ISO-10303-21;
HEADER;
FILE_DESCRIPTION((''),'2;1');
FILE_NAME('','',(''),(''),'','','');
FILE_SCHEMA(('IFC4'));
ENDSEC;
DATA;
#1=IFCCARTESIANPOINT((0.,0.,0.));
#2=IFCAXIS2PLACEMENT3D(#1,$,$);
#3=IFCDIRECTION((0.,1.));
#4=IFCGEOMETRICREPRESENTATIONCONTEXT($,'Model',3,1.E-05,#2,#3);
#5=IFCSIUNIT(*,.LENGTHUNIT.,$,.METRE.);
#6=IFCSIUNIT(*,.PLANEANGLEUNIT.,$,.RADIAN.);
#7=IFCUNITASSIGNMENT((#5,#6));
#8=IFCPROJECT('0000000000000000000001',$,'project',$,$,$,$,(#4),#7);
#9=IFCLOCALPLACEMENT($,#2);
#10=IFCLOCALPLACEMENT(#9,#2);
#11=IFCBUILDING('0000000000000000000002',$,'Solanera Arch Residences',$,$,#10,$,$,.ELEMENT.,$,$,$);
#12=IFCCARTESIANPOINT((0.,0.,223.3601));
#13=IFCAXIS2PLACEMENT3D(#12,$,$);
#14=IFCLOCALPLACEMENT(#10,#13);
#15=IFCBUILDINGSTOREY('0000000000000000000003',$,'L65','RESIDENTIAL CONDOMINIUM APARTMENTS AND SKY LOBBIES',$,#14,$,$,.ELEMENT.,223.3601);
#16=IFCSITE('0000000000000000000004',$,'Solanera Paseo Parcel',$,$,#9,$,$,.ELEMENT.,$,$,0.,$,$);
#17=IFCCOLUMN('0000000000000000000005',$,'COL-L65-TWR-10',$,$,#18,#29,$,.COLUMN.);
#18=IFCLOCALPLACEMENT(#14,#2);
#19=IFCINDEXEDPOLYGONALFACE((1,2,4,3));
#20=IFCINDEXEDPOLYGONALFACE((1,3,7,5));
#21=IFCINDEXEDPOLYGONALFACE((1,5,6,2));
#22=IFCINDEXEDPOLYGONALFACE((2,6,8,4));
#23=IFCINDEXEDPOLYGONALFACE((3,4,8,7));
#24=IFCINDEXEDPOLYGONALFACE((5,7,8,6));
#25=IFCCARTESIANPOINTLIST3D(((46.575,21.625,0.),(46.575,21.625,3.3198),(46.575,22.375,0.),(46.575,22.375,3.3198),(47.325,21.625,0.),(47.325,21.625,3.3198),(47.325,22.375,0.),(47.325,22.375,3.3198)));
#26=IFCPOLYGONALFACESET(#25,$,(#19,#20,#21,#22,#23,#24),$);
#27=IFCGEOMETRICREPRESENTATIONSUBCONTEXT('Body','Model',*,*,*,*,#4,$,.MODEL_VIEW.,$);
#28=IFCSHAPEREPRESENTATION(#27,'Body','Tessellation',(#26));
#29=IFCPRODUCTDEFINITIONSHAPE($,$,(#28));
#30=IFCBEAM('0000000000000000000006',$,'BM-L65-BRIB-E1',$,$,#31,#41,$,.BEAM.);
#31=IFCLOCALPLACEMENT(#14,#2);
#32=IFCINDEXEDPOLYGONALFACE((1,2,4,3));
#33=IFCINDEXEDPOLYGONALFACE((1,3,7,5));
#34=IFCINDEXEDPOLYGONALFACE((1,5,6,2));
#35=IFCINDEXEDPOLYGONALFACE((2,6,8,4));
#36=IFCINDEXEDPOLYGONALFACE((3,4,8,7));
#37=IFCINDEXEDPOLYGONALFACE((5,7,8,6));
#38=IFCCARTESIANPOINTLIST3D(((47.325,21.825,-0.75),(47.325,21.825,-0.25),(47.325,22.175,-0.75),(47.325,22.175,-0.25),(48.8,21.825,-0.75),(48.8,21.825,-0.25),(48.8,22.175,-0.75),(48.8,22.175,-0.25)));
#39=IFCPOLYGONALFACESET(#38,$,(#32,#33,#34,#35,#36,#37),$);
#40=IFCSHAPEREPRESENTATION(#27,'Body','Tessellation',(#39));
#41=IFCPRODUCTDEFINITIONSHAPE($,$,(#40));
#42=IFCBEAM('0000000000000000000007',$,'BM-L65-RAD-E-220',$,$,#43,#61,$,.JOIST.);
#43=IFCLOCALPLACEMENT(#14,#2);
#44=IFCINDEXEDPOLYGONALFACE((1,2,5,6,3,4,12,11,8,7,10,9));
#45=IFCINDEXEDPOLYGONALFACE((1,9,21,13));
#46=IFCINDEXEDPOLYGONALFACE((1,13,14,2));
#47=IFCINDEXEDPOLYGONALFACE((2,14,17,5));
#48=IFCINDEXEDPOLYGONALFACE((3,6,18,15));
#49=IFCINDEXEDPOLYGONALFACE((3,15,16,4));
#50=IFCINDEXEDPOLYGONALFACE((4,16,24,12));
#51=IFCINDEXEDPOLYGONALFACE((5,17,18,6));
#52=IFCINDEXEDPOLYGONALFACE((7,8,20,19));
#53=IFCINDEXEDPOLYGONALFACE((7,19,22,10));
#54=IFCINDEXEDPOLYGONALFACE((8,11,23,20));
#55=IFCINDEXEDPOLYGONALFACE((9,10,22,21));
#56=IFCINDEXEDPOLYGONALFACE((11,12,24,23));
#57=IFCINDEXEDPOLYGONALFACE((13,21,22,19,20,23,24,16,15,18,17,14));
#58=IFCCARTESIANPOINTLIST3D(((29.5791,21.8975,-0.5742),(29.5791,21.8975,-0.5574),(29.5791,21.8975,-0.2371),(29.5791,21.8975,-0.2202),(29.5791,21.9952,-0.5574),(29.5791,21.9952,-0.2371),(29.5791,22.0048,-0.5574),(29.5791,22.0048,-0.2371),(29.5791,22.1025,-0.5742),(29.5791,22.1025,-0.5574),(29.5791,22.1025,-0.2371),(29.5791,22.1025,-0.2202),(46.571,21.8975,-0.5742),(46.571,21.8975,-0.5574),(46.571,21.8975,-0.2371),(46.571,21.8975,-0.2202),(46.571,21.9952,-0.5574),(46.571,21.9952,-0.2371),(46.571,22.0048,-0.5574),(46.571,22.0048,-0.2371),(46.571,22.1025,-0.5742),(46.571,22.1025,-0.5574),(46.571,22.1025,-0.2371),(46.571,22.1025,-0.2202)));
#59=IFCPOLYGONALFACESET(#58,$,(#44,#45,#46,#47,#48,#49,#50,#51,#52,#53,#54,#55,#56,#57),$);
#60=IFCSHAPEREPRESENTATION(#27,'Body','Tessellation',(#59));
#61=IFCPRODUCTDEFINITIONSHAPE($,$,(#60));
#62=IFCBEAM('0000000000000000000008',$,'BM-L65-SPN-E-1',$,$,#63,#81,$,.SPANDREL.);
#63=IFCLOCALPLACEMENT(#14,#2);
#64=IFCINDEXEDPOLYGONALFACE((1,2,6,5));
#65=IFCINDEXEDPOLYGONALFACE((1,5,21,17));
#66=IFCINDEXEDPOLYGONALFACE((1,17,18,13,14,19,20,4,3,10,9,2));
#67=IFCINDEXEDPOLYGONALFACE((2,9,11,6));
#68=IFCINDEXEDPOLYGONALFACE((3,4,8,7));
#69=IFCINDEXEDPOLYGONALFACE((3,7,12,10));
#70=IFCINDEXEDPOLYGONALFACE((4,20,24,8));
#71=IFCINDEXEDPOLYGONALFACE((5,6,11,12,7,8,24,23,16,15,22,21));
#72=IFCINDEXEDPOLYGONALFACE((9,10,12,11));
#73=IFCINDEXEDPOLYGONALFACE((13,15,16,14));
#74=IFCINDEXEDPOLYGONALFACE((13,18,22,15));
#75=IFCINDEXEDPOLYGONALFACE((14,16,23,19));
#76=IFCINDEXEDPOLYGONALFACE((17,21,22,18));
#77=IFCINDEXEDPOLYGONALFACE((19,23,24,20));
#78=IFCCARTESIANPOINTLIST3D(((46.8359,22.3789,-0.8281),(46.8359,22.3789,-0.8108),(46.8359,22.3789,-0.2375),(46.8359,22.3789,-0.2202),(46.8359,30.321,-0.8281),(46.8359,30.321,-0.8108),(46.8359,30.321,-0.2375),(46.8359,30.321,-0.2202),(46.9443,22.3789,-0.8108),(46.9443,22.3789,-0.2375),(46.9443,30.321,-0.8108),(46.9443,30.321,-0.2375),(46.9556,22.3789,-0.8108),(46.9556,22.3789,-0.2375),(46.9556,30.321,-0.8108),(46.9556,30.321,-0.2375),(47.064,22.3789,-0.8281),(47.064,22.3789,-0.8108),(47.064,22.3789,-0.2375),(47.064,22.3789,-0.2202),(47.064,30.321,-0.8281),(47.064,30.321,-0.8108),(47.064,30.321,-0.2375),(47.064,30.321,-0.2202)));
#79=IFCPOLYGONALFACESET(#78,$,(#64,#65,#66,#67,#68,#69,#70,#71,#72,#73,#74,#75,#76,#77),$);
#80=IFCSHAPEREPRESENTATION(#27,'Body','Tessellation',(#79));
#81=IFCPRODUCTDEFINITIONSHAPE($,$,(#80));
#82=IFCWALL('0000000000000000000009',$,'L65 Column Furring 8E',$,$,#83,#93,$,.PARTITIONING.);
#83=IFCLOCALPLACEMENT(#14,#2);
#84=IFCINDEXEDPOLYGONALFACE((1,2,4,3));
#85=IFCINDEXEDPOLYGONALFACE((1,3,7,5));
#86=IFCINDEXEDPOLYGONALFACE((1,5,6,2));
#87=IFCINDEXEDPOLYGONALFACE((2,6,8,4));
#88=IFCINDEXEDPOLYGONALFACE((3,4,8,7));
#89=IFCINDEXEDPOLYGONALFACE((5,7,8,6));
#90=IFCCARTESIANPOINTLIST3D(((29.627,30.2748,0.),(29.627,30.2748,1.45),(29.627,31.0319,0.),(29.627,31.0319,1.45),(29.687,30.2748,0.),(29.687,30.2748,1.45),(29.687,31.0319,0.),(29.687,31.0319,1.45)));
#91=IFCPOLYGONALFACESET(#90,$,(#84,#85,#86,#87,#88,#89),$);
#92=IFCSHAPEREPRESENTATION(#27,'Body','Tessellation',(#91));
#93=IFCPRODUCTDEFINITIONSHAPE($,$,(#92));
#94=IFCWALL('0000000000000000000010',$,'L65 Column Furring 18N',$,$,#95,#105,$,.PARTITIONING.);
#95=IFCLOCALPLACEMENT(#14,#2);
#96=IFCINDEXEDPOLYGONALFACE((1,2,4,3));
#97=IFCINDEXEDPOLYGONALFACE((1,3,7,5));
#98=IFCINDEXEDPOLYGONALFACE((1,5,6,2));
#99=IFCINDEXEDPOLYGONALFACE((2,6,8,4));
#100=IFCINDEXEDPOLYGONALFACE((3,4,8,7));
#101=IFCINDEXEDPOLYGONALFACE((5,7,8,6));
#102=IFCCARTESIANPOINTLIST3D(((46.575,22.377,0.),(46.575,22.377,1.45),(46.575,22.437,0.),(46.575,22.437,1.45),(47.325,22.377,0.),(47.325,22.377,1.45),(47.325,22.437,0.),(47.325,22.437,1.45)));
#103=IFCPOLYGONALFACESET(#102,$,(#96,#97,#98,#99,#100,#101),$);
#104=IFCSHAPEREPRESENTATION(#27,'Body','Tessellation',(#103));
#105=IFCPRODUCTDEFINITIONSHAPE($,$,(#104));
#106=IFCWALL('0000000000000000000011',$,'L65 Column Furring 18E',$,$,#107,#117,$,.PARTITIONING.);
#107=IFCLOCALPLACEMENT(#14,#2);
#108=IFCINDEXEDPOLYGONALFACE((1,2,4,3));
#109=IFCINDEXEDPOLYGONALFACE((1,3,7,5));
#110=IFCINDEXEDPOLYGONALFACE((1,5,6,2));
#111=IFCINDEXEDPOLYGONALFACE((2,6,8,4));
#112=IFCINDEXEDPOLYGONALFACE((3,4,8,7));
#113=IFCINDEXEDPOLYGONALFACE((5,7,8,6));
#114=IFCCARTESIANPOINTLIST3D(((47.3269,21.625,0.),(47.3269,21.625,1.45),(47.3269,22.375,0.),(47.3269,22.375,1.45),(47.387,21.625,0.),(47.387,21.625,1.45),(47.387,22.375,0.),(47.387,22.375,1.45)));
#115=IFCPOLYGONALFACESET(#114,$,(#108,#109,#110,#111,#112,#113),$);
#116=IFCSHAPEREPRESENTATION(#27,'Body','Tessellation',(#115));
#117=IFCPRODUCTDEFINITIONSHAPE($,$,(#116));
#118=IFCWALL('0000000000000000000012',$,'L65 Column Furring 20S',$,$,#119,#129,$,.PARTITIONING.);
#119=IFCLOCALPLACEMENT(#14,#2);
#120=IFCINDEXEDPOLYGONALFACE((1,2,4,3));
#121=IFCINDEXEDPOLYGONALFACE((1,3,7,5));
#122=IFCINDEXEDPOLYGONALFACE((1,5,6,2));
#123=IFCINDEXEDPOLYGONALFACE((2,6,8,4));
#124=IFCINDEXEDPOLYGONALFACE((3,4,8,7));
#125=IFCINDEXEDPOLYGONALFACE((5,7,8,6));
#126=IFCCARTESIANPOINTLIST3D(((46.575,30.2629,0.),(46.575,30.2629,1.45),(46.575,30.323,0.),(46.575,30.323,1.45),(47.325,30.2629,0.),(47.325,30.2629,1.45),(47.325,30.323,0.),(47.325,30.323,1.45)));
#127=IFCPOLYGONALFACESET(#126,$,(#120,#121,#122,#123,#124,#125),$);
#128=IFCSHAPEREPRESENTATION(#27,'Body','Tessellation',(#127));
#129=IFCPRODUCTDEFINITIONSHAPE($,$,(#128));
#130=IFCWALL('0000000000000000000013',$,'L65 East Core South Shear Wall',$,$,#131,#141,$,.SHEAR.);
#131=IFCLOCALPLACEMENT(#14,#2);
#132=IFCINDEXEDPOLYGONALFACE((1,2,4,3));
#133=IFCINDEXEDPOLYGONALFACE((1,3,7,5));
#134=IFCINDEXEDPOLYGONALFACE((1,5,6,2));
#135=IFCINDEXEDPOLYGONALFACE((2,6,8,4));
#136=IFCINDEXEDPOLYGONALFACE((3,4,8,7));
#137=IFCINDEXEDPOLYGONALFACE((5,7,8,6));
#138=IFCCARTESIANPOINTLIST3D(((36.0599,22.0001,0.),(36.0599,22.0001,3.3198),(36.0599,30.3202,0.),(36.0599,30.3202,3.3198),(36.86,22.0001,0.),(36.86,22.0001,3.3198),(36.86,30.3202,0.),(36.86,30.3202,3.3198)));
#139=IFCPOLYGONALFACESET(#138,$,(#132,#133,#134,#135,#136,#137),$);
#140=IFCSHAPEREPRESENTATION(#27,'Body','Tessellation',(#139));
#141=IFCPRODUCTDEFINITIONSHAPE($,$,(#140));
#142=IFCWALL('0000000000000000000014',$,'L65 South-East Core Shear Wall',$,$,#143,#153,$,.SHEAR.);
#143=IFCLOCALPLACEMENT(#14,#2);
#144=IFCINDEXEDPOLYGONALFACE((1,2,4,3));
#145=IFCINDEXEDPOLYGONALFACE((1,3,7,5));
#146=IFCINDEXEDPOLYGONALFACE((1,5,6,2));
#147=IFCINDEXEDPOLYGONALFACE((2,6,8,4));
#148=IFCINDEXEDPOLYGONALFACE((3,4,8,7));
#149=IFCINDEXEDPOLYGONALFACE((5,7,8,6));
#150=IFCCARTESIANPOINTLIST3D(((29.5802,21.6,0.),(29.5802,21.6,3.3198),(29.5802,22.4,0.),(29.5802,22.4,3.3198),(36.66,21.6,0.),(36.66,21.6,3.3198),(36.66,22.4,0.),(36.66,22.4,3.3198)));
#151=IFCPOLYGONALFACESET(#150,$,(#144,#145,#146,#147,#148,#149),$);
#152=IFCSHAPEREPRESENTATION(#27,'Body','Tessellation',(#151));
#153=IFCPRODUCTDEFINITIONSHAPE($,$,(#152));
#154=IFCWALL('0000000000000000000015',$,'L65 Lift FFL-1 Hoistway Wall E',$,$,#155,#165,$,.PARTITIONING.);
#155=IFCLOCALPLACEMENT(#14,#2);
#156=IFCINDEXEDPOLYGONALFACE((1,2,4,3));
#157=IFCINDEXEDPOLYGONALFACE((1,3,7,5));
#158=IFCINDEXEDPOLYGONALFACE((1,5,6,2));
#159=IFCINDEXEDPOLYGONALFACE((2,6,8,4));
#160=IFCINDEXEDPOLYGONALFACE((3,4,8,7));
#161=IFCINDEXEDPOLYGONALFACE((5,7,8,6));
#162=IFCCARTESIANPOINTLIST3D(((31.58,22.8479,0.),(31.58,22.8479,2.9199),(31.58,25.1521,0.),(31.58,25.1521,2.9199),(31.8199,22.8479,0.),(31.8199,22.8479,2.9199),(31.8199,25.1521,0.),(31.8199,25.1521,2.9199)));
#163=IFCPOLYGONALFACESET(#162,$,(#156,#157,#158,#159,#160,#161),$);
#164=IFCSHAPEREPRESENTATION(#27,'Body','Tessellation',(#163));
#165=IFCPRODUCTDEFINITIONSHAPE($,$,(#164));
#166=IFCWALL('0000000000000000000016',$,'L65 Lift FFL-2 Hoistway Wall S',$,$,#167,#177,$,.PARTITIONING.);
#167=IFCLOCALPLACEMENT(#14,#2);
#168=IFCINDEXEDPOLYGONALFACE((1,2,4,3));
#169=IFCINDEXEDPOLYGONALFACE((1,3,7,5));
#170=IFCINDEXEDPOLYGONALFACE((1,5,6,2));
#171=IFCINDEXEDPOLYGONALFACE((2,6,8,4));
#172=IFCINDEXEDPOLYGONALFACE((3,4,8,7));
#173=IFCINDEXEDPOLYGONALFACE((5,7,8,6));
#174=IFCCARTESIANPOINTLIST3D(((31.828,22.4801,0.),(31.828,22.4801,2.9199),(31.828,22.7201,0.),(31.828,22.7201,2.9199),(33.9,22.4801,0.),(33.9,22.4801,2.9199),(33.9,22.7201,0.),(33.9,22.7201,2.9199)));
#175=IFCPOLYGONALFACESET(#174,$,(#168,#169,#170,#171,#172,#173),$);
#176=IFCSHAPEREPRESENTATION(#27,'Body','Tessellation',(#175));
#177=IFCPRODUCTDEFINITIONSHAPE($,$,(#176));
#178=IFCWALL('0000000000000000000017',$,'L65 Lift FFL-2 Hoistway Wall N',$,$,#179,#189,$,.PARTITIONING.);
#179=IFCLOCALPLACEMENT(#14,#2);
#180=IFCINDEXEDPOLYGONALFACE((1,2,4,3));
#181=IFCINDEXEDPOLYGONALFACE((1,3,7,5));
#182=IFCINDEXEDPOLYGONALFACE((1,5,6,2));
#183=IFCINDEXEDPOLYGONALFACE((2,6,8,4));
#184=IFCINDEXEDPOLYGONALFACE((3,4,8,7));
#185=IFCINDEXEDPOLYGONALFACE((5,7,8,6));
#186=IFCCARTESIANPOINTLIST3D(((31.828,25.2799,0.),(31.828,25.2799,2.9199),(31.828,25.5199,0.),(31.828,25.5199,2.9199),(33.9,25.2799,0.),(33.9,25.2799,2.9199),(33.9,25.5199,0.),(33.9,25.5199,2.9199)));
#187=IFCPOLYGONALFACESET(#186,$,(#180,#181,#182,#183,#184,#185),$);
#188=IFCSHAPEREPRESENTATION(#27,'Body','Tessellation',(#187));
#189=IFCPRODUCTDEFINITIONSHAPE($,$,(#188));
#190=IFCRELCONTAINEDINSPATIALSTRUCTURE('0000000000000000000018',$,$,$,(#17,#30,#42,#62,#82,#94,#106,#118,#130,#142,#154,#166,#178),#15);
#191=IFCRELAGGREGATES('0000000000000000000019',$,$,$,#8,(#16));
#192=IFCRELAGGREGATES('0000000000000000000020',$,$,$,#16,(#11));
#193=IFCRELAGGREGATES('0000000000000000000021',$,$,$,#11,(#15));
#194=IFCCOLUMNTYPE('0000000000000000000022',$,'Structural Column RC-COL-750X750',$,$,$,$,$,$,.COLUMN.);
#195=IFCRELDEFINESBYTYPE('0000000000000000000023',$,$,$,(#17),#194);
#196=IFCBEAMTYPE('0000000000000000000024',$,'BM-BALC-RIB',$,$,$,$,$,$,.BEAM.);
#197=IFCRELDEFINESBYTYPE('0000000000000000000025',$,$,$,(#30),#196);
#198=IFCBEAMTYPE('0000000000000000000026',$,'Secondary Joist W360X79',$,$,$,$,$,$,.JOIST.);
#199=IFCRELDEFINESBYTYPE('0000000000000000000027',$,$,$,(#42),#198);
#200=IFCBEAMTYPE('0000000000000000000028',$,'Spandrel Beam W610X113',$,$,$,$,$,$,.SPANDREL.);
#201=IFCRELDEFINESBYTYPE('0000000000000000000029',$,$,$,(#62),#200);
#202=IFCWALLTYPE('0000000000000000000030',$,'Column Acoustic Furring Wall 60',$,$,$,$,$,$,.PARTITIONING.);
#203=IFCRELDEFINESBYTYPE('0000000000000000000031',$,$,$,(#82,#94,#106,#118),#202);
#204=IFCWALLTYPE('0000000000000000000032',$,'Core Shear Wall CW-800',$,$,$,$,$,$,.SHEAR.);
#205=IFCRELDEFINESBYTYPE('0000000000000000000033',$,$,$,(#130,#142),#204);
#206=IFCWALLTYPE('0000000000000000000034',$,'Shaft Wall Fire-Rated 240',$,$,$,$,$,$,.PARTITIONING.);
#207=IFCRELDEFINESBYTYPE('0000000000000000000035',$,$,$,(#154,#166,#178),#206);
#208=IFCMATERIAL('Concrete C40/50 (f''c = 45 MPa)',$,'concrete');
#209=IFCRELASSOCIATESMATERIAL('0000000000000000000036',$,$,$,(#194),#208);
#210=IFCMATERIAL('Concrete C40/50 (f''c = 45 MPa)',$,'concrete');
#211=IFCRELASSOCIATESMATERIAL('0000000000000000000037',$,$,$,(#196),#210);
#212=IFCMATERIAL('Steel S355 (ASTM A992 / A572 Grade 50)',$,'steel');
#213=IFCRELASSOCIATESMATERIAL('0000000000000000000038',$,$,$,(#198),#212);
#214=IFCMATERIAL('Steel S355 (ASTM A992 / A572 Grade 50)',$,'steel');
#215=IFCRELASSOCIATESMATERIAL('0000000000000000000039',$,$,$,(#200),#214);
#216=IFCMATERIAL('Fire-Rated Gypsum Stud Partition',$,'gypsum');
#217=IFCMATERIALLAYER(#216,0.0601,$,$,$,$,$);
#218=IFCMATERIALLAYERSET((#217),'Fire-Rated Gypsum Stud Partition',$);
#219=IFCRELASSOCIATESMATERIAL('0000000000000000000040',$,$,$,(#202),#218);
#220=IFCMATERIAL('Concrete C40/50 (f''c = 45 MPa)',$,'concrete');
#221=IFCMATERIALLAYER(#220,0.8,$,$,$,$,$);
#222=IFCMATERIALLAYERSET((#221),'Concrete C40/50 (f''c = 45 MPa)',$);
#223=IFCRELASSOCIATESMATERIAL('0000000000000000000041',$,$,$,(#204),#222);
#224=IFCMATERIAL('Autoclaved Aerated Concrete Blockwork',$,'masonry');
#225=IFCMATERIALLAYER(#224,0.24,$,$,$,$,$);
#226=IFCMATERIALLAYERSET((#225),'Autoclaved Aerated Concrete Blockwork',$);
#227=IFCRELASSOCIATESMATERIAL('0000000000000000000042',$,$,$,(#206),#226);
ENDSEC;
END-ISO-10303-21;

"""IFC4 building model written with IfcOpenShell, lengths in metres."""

from ifc_helpers import new_model, si_unit, direction, frame, frame_2d, origin, origin_2d, place, context, subcontext, project, spatial, rectangle, i_section, extrude, material, layer, layer_set, material_profile, profile_set, type_object, element, save


model = new_model("IFC4")

# Units and contexts
model_context = context("Model", 3, precision=1e-05, world=origin(), true_north=direction((0.0, 1.0)))
body_context = subcontext(model_context, "Body", "Model", "MODEL_VIEW")
ifc_project = project(units=[si_unit("LENGTHUNIT", "METRE"), si_unit("PLANEANGLEUNIT", "RADIAN")], contexts=[model_context])

# Site, building, storey
site_placement = place(None, origin())
site = spatial("IfcSite", under=ifc_project, at=site_placement, Name="Solanera Paseo Parcel", CompositionType="ELEMENT", RefElevation=0.0)
building_placement = place(site_placement, origin())
building = spatial("IfcBuilding", under=site, at=building_placement, Name="Solanera Arch Residences", CompositionType="ELEMENT")
storey_placement = place(building_placement, frame((0.0, 0.0, 223.3601)))
storey = spatial("IfcBuildingStorey", under=building, at=storey_placement, Name="L65", Description="RESIDENTIAL CONDOMINIUM APARTMENTS AND SKY LOBBIES", CompositionType="ELEMENT", Elevation=223.3601)

# Column
ifc_material_1 = material(Name="Concrete C40/50 (f'c = 45 MPa)", Category="concrete")
ifc_material_profile_1 = material_profile(ifc_material_1, rectangle(XDim=0.75, YDim=0.75, at=origin_2d()))
ifc_profile_set_1 = profile_set([ifc_material_profile_1], Name="Concrete C40/50 (f'c = 45 MPa)")
column_type = type_object("IfcColumnType", Name="Structural Column RC-COL-750X750", PredefinedType="COLUMN", material=ifc_profile_set_1)
column_placement = place(storey_placement, frame((46.95, 22.0, 0.0), z_axis=(0.0, 0.0, 1.0), x_axis=(1.0, 0.0, 0.0)))
element("IfcColumn", 1, at=column_placement, inside=storey, type_object=column_type, Name="COL-L65-TWR-10", PredefinedType="COLUMN", context=body_context, shape_type="SweptSolid", body=[
    extrude(rectangle(XDim=0.75, YDim=0.75, at=origin_2d()), origin(), (0.0, 0.0, 1.0), 3.3198),
])

# Beams
ifc_material_2 = material(Name="Concrete C40/50 (f'c = 45 MPa)", Category="concrete")
ifc_material_profile_2 = material_profile(ifc_material_2, rectangle(XDim=0.3501, YDim=0.5, at=origin_2d()))
ifc_profile_set_2 = profile_set([ifc_material_profile_2], Name="Concrete C40/50 (f'c = 45 MPa)")
beam_type_1 = type_object("IfcBeamType", Name="BM-BALC-RIB", PredefinedType="BEAM", material=ifc_profile_set_2)
beam_1_placement = place(storey_placement, frame((47.325, 22.0, -0.5), z_axis=(1.0, 0.0, 0.0), x_axis=(0.0, 1.0, 0.0)))
element("IfcBeam", 2, at=beam_1_placement, inside=storey, type_object=beam_type_1, Name="BM-L65-BRIB-E1", PredefinedType="BEAM", context=body_context, shape_type="SweptSolid", body=[
    extrude(rectangle(XDim=0.3501, YDim=0.5, at=origin_2d()), origin(), (0.0, 0.0, 1.0), 1.4751),
])
ifc_material_3 = material(Name="Steel S355 (ASTM A992 / A572 Grade 50)", Category="steel")
ifc_material_profile_3 = material_profile(ifc_material_3, i_section(OverallWidth=0.2051, OverallDepth=0.354, WebThickness=0.0095, FlangeThickness=0.0168, at=origin_2d()))
ifc_profile_set_3 = profile_set([ifc_material_profile_3], Name="Steel S355 (ASTM A992 / A572 Grade 50)")
beam_type_2 = type_object("IfcBeamType", Name="Secondary Joist W360X79", PredefinedType="JOIST", material=ifc_profile_set_3)
beam_2_placement = place(storey_placement, frame((29.5791, 22.0, -0.3972), z_axis=(1.0, 0.0, 0.0), x_axis=(0.0, 1.0, 0.0)))
element("IfcBeam", 3, at=beam_2_placement, inside=storey, type_object=beam_type_2, Name="BM-L65-RAD-E-220", PredefinedType="JOIST", context=body_context, shape_type="SweptSolid", body=[
    extrude(i_section(OverallWidth=0.2051, OverallDepth=0.354, WebThickness=0.0095, FlangeThickness=0.0168, at=origin_2d()), origin(), (0.0, 0.0, 1.0), 16.9919),
])
ifc_material_4 = material(Name="Steel S355 (ASTM A992 / A572 Grade 50)", Category="steel")
ifc_material_profile_4 = material_profile(ifc_material_4, i_section(OverallWidth=0.228, OverallDepth=0.6079, WebThickness=0.0112, FlangeThickness=0.0173, at=origin_2d()))
ifc_profile_set_4 = profile_set([ifc_material_profile_4], Name="Steel S355 (ASTM A992 / A572 Grade 50)")
beam_type_3 = type_object("IfcBeamType", Name="Spandrel Beam W610X113", PredefinedType="SPANDREL", material=ifc_profile_set_4)
beam_3_placement = place(storey_placement, frame((46.95, 22.3789, -0.5242), z_axis=(0.0, 1.0, 0.0), x_axis=(-1.0, 0.0, 0.0)))
element("IfcBeam", 4, at=beam_3_placement, inside=storey, type_object=beam_type_3, Name="BM-L65-SPN-E-1", PredefinedType="SPANDREL", context=body_context, shape_type="SweptSolid", body=[
    extrude(i_section(OverallWidth=0.228, OverallDepth=0.6079, WebThickness=0.0112, FlangeThickness=0.0173, at=origin_2d()), origin(), (0.0, 0.0, 1.0), 7.9421),
])

# Walls
ifc_material_5 = material(Name="Fire-Rated Gypsum Stud Partition", Category="gypsum")
ifc_layer_1 = layer(ifc_material_5, 0.0601)
ifc_layer_set_1 = layer_set([ifc_layer_1], Name="Fire-Rated Gypsum Stud Partition")
wall_type_1 = type_object("IfcWallType", Name="Column Acoustic Furring Wall 60", PredefinedType="PARTITIONING", material=ifc_layer_set_1)
wall_1_placement = place(storey_placement, frame((29.657, 30.2749, 0.0), z_axis=(0.0, 0.0, 1.0), x_axis=(0.0, 1.0, 0.0)))
element("IfcWall", 5, at=wall_1_placement, inside=storey, type_object=wall_type_1, Name="L65 Column Furring 8E", PredefinedType="PARTITIONING", context=body_context, shape_type="SweptSolid", body=[
    extrude(rectangle(XDim=0.7571, YDim=0.0601, at=frame_2d((0.3784, 0.0))), origin(), (0.0, 0.0, 1.0), 1.45),
])
for number, where, z_axis, x_axis, name in (
    (6, (46.575, 22.407, 0.0), (0.0, 0.0, 1.0), (1.0, 0.0, 0.0), "L65 Column Furring 18N"),
    (7, (47.3569, 21.625, 0.0), (0.0, 0.0, 1.0), (0.0, 1.0, 0.0), "L65 Column Furring 18E"),
    (8, (46.575, 30.293, 0.0), (0.0, 0.0, 1.0), (1.0, 0.0, 0.0), "L65 Column Furring 20S"),
):
    element("IfcWall", number, at=place(storey_placement, frame(where, z_axis=z_axis, x_axis=x_axis)), inside=storey, type_object=wall_type_1, Name=name, PredefinedType="PARTITIONING", context=body_context, shape_type="SweptSolid", body=[
        extrude(rectangle(XDim=0.75, YDim=0.0601, at=frame_2d((0.375, 0.0))), origin(), (0.0, 0.0, 1.0), 1.45),
    ])
ifc_material_6 = material(Name="Concrete C40/50 (f'c = 45 MPa)", Category="concrete")
ifc_layer_2 = layer(ifc_material_6, 0.8)
ifc_layer_set_2 = layer_set([ifc_layer_2], Name="Concrete C40/50 (f'c = 45 MPa)")
wall_type_2 = type_object("IfcWallType", Name="Core Shear Wall CW-800", PredefinedType="SHEAR", material=ifc_layer_set_2)
wall_2_placement = place(storey_placement, frame((36.46, 22.0, 0.0), z_axis=(0.0, 0.0, 1.0), x_axis=(0.0, 1.0, 0.0)))
element("IfcWall", 9, at=wall_2_placement, inside=storey, type_object=wall_type_2, Name="L65 East Core South Shear Wall", PredefinedType="SHEAR", context=body_context, shape_type="SweptSolid", body=[
    extrude(rectangle(XDim=8.3201, YDim=0.8, at=frame_2d((4.1602, 0.0))), origin(), (0.0, 0.0, 1.0), 3.3198),
])
wall_3_placement = place(storey_placement, frame((29.5801, 22.0, 0.0), z_axis=(0.0, 0.0, 1.0), x_axis=(1.0, 0.0, 0.0)))
element("IfcWall", 10, at=wall_3_placement, inside=storey, type_object=wall_type_2, Name="L65 South-East Core Shear Wall", PredefinedType="SHEAR", context=body_context, shape_type="SweptSolid", body=[
    extrude(rectangle(XDim=7.0798, YDim=0.8, at=frame_2d((3.54, 0.0))), origin(), (0.0, 0.0, 1.0), 3.3198),
])
ifc_material_7 = material(Name="Autoclaved Aerated Concrete Blockwork", Category="masonry")
ifc_layer_3 = layer(ifc_material_7, 0.24)
ifc_layer_set_3 = layer_set([ifc_layer_3], Name="Autoclaved Aerated Concrete Blockwork")
wall_type_3 = type_object("IfcWallType", Name="Shaft Wall Fire-Rated 240", PredefinedType="PARTITIONING", material=ifc_layer_set_3)
wall_4_placement = place(storey_placement, frame((31.7, 22.8479, 0.0), z_axis=(0.0, 0.0, 1.0), x_axis=(0.0, 1.0, 0.0)))
element("IfcWall", 11, at=wall_4_placement, inside=storey, type_object=wall_type_3, Name="L65 Lift FFL-1 Hoistway Wall E", PredefinedType="PARTITIONING", context=body_context, shape_type="SweptSolid", body=[
    extrude(rectangle(XDim=2.3042, YDim=0.24, at=frame_2d((1.1521, 0.0))), origin(), (0.0, 0.0, 1.0), 2.9199),
])
for number, where, z_axis, x_axis, name in (
    (12, (31.8279, 22.6001, 0.0), (0.0, 0.0, 1.0), (1.0, 0.0, 0.0), "L65 Lift FFL-2 Hoistway Wall S"),
    (13, (31.8279, 25.3999, 0.0), (0.0, 0.0, 1.0), (1.0, 0.0, 0.0), "L65 Lift FFL-2 Hoistway Wall N"),
):
    element("IfcWall", number, at=place(storey_placement, frame(where, z_axis=z_axis, x_axis=x_axis)), inside=storey, type_object=wall_type_3, Name=name, PredefinedType="PARTITIONING", context=body_context, shape_type="SweptSolid", body=[
        extrude(rectangle(XDim=2.072, YDim=0.24, at=frame_2d((1.0361, 0.0))), origin(), (0.0, 0.0, 1.0), 2.9199),
    ])

save(model, "model.ifc")
